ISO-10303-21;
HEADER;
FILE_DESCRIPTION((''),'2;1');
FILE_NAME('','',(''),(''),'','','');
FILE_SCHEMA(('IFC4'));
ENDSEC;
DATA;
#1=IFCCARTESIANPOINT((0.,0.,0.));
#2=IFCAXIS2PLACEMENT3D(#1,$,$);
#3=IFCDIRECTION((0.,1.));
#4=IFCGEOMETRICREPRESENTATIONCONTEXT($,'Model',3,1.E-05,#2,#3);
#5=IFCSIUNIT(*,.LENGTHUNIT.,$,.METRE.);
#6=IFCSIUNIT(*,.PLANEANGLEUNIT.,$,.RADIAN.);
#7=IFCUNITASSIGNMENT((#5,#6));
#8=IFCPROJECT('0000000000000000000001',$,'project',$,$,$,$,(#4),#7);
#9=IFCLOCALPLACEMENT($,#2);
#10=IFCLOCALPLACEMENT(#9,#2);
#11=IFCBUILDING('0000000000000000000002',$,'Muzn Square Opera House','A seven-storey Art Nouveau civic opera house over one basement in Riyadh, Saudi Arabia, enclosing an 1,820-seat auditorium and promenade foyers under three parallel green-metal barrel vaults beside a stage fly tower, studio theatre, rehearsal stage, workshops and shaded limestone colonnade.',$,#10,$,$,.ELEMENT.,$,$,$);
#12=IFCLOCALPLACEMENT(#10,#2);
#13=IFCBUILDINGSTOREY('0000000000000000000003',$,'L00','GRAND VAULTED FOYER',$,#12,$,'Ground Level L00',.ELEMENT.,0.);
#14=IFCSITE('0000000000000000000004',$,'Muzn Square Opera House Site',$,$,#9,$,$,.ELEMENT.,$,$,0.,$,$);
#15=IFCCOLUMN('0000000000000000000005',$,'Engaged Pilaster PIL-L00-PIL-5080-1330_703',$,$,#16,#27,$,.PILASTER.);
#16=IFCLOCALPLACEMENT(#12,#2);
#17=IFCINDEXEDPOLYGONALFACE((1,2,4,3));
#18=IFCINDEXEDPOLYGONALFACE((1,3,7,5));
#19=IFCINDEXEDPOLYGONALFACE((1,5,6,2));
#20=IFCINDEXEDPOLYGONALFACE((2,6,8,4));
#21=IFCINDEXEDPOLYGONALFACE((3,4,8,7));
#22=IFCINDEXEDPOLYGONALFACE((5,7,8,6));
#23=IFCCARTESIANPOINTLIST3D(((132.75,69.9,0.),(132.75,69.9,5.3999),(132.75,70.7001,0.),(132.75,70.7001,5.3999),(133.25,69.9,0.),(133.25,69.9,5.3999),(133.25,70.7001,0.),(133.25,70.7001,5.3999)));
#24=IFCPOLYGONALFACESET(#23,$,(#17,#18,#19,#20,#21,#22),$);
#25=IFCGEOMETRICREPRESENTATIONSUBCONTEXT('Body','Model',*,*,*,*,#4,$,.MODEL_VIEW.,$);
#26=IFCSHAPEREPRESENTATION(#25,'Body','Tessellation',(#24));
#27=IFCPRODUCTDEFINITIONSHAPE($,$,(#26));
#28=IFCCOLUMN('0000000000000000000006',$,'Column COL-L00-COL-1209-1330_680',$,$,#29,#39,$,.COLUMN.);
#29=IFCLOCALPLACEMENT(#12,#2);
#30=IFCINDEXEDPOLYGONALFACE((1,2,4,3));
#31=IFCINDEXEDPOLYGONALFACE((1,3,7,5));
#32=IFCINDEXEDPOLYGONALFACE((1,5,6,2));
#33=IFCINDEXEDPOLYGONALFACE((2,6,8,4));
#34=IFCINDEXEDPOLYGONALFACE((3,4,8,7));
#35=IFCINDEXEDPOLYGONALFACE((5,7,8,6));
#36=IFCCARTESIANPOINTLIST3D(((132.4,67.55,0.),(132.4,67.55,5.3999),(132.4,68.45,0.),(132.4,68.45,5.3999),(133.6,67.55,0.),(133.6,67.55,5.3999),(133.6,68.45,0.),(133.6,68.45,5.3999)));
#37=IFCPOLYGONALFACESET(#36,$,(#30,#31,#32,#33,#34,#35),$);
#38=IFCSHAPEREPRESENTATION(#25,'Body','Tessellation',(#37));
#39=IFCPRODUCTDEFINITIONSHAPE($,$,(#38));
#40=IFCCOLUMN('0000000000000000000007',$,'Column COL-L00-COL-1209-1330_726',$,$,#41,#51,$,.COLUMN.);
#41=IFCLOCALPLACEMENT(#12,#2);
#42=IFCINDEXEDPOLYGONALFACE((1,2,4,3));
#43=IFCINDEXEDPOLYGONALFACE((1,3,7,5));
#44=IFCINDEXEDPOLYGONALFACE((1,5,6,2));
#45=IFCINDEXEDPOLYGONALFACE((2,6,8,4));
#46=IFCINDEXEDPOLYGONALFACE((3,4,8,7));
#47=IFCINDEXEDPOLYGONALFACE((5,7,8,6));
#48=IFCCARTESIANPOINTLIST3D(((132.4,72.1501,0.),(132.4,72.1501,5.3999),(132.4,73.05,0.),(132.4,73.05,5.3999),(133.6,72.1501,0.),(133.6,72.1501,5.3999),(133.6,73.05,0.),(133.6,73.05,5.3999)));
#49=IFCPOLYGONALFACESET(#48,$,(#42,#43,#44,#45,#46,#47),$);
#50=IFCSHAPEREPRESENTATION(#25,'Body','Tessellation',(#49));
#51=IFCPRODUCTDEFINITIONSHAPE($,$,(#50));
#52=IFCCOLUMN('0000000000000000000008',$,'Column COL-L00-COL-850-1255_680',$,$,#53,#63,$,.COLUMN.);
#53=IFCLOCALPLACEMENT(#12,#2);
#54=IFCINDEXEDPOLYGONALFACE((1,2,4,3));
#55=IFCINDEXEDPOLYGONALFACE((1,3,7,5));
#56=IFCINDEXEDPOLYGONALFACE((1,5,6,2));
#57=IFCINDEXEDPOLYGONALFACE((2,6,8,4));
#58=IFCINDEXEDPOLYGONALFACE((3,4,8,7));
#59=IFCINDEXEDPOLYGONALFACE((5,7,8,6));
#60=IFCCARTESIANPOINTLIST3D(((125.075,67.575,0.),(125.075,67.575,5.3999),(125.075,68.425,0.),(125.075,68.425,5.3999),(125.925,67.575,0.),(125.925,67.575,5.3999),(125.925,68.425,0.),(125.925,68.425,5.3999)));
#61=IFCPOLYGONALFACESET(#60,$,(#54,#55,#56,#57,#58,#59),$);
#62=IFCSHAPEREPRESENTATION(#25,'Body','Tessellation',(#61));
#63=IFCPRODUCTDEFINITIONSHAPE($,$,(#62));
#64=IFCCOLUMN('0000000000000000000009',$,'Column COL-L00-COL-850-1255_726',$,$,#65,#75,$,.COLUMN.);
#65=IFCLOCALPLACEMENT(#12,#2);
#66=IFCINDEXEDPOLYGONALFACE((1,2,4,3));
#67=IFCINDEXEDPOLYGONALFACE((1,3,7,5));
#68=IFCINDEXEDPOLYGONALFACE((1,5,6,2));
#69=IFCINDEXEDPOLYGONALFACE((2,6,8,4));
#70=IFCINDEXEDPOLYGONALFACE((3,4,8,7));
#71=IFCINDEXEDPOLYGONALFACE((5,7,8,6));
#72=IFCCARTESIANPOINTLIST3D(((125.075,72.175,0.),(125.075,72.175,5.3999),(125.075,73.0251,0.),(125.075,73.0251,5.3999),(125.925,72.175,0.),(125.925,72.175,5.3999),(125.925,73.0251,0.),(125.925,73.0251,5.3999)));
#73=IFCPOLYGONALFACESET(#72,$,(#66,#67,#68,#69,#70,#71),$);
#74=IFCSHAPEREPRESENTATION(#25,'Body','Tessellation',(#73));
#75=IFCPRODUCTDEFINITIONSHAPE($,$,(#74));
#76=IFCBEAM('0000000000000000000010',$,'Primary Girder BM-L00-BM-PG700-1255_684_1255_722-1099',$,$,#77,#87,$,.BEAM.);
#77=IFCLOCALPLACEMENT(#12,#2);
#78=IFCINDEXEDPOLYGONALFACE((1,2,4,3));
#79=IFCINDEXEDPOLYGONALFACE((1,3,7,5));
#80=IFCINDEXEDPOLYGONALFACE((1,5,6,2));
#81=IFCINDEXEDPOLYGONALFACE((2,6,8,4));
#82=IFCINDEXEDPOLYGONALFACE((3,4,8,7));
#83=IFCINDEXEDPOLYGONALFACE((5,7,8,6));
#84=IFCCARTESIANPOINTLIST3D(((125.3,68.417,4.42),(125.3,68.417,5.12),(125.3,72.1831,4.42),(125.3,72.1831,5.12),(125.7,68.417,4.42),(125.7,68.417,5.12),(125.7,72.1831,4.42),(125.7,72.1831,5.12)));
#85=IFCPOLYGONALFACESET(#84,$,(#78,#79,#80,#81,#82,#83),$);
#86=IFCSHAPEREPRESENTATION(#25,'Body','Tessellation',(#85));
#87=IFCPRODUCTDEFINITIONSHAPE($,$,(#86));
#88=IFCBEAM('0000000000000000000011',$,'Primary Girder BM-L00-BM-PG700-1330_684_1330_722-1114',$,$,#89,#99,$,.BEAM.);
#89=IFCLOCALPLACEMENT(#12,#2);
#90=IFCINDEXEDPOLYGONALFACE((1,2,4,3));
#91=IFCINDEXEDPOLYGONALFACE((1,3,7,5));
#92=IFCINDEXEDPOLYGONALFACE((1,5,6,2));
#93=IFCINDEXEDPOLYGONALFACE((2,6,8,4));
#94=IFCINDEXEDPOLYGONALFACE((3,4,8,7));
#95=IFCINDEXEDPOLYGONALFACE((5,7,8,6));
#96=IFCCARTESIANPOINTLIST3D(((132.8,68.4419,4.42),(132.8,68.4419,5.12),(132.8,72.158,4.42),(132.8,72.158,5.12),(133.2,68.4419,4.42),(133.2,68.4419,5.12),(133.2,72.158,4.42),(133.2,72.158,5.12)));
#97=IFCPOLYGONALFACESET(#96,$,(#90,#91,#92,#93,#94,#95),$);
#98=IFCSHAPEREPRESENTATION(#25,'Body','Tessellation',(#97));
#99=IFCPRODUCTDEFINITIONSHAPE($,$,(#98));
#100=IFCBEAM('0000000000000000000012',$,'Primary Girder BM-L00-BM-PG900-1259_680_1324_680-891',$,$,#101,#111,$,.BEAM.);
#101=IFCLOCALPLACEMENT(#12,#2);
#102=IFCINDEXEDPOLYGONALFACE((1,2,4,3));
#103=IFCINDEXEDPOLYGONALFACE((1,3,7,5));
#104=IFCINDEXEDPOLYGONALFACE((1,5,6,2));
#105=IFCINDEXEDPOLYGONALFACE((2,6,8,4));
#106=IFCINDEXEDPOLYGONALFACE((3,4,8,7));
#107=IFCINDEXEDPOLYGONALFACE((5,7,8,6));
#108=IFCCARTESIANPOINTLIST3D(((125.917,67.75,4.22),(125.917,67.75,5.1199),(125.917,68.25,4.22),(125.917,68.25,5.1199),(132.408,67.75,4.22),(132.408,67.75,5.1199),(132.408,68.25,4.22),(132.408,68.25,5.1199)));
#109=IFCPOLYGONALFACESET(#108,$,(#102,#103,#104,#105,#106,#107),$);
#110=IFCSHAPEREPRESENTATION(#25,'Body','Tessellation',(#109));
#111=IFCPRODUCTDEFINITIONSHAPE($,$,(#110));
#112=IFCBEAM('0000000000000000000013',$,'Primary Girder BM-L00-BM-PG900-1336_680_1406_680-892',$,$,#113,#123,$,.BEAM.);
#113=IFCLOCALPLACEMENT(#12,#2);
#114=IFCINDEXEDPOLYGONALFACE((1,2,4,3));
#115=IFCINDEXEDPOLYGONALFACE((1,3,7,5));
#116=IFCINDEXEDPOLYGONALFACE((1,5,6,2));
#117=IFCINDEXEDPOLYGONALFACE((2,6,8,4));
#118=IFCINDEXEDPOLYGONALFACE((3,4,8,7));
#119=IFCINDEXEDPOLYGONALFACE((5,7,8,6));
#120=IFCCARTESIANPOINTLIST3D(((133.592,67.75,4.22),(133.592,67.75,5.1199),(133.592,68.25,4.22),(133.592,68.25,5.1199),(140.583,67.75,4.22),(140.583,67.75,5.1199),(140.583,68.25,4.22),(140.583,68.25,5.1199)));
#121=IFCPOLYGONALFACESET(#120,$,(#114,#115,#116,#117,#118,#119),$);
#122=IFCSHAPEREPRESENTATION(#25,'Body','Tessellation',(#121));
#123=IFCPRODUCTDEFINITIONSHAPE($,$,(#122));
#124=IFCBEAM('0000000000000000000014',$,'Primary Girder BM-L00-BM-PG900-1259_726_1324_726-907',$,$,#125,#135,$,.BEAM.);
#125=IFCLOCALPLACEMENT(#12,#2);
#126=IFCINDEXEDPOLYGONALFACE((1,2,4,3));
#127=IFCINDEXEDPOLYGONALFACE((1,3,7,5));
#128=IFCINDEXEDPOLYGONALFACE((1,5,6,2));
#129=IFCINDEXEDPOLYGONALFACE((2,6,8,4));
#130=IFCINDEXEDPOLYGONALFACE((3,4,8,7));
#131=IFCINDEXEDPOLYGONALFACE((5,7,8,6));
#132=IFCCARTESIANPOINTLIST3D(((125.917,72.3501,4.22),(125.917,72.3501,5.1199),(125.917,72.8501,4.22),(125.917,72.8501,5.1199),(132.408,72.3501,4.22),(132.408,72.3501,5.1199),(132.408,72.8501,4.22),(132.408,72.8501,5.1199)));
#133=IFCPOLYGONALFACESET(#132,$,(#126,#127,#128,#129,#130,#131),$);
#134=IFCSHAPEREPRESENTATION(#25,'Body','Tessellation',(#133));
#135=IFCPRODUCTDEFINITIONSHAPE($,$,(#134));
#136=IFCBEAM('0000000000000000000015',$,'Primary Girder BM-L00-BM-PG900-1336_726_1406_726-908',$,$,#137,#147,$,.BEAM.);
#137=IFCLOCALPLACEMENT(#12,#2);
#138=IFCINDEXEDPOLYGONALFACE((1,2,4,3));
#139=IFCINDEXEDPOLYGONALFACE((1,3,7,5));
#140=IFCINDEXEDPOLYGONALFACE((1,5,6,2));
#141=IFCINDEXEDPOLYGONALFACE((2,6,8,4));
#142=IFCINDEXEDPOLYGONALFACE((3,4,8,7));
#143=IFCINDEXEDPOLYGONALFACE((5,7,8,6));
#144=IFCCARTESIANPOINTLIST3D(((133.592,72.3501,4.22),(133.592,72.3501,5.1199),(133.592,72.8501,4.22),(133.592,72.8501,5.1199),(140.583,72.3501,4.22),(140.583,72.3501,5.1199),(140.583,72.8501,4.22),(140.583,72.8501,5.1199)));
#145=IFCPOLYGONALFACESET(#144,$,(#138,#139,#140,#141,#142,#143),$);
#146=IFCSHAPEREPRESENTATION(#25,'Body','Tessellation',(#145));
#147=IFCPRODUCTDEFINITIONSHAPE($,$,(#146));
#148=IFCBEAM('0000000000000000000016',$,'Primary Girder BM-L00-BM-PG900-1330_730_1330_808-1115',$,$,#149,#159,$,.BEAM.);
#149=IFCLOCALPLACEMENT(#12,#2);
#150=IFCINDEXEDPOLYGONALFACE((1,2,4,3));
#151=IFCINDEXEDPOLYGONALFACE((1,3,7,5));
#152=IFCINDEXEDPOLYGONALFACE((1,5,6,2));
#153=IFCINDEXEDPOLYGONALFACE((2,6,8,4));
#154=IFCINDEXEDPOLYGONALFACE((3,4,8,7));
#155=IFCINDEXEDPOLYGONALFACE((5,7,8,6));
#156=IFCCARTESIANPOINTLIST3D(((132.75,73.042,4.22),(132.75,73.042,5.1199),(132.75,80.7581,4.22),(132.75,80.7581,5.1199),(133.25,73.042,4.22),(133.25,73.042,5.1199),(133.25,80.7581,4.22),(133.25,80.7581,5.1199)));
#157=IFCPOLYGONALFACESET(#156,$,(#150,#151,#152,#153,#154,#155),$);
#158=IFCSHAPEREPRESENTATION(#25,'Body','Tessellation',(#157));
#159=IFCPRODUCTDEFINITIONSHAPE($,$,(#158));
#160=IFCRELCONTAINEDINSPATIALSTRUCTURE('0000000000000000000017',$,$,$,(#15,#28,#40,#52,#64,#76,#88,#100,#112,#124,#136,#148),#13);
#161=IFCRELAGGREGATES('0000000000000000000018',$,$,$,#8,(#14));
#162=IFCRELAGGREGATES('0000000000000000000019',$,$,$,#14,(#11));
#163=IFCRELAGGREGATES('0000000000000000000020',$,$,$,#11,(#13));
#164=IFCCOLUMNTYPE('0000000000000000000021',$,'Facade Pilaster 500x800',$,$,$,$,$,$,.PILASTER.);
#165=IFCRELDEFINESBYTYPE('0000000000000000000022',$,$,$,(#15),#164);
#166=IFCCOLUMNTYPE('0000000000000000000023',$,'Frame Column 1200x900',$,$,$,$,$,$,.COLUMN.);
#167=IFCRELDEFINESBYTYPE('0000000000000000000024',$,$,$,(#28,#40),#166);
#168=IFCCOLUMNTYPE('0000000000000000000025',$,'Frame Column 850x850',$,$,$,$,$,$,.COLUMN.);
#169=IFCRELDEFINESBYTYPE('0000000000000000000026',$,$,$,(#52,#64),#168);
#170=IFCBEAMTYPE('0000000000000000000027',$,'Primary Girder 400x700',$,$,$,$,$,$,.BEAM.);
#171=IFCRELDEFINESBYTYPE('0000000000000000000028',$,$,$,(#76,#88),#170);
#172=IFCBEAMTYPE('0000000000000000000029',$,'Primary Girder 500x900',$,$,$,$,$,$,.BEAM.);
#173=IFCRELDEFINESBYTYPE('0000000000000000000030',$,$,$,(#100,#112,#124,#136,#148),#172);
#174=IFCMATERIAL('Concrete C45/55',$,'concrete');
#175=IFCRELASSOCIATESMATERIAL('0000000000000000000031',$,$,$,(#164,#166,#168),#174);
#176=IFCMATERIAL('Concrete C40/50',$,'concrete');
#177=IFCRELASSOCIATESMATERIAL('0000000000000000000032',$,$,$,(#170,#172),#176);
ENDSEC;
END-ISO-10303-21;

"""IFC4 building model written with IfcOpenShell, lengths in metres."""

from ifc_helpers import new_model, si_unit, direction, frame, origin, origin_2d, place, context, subcontext, project, spatial, rectangle, extrude, material, material_profile, profile_set, type_object, element, save


model = new_model("IFC4")

# Units and contexts
model_context = context("Model", 3, precision=1e-05, world=origin(), true_north=direction((0.0, 1.0)))
body_context = subcontext(model_context, "Body", "Model", "MODEL_VIEW")
ifc_project = project(units=[si_unit("LENGTHUNIT", "METRE"), si_unit("PLANEANGLEUNIT", "RADIAN")], contexts=[model_context])

# Site, building, storey
site_placement = place(None, origin())
site = spatial("IfcSite", under=ifc_project, at=site_placement, Name="Muzn Square Opera House Site", CompositionType="ELEMENT", RefElevation=0.0)
building_placement = place(site_placement, origin())
building = spatial("IfcBuilding", under=site, at=building_placement, Name="Muzn Square Opera House", Description="A seven-storey Art Nouveau civic opera house over one basement in Riyadh, Saudi Arabia, enclosing an 1,820-seat auditorium and promenade foyers under three parallel green-metal barrel vaults beside a stage fly tower, studio theatre, rehearsal stage, workshops and shaded limestone colonnade.", CompositionType="ELEMENT")
storey_placement = place(building_placement, origin())
storey = spatial("IfcBuildingStorey", under=building, at=storey_placement, Name="L00", Description="GRAND VAULTED FOYER", LongName="Ground Level L00", CompositionType="ELEMENT", Elevation=0.0)

# Columns
ifc_material_1 = material(Name="Concrete C45/55", Category="concrete")
ifc_material_profile_1 = material_profile(ifc_material_1, rectangle(XDim=0.5, YDim=0.8, at=origin_2d()), Name="RC 500x800", Category="concrete")
ifc_profile_set_1 = profile_set([ifc_material_profile_1], Name="Concrete C45/55")
column_type_1 = type_object("IfcColumnType", Name="Facade Pilaster 500x800", PredefinedType="PILASTER", material=ifc_profile_set_1)
column_placement = place(storey_placement, frame((133.0, 70.3, 0.0), z_axis=(0.0, 0.0, 1.0), x_axis=(1.0, 0.0, 0.0)))
element("IfcColumn", 1, at=column_placement, inside=storey, type_object=column_type_1, Name="Engaged Pilaster PIL-L00-PIL-5080-1330_703", PredefinedType="PILASTER", context=body_context, shape_type="SweptSolid", body=[
    extrude(rectangle(XDim=0.5, YDim=0.8, at=origin_2d()), origin(), (0.0, 0.0, 1.0), 5.3999),
])
ifc_material_profile_2 = material_profile(ifc_material_1, rectangle(XDim=1.2, YDim=0.8999, at=origin_2d()), Name="RC 1200x900", Category="concrete")
ifc_profile_set_2 = profile_set([ifc_material_profile_2], Name="Concrete C45/55")
column_type_2 = type_object("IfcColumnType", Name="Frame Column 1200x900", PredefinedType="COLUMN", material=ifc_profile_set_2)
for number, where, z_axis, x_axis, name in (
    (2, (133.0, 68.0, 0.0), (0.0, 0.0, 1.0), (1.0, 0.0, 0.0), "Column COL-L00-COL-1209-1330_680"),
    (3, (133.0, 72.6001, 0.0), (0.0, 0.0, 1.0), (1.0, 0.0, 0.0), "Column COL-L00-COL-1209-1330_726"),
):
    element("IfcColumn", number, at=place(storey_placement, frame(where, z_axis=z_axis, x_axis=x_axis)), inside=storey, type_object=column_type_2, Name=name, PredefinedType="COLUMN", context=body_context, shape_type="SweptSolid", body=[
        extrude(rectangle(XDim=1.2, YDim=0.8999, at=origin_2d()), origin(), (0.0, 0.0, 1.0), 5.3999),
    ])
ifc_material_profile_3 = material_profile(ifc_material_1, rectangle(XDim=0.8501, YDim=0.8501, at=origin_2d()), Name="RC 850x850", Category="concrete")
ifc_profile_set_3 = profile_set([ifc_material_profile_3], Name="Concrete C45/55")
column_type_3 = type_object("IfcColumnType", Name="Frame Column 850x850", PredefinedType="COLUMN", material=ifc_profile_set_3)
for number, where, z_axis, x_axis, name in (
    (4, (125.5, 68.0, 0.0), (0.0, 0.0, 1.0), (1.0, 0.0, 0.0), "Column COL-L00-COL-850-1255_680"),
    (5, (125.5, 72.6001, 0.0), (0.0, 0.0, 1.0), (1.0, 0.0, 0.0), "Column COL-L00-COL-850-1255_726"),
):
    element("IfcColumn", number, at=place(storey_placement, frame(where, z_axis=z_axis, x_axis=x_axis)), inside=storey, type_object=column_type_3, Name=name, PredefinedType="COLUMN", context=body_context, shape_type="SweptSolid", body=[
        extrude(rectangle(XDim=0.8501, YDim=0.8501, at=origin_2d()), origin(), (0.0, 0.0, 1.0), 5.3999),
    ])

# Beams
ifc_material_2 = material(Name="Concrete C40/50", Category="concrete")
ifc_material_profile_4 = material_profile(ifc_material_2, rectangle(XDim=0.3999, YDim=0.7, at=origin_2d()), Name="RCB 400x700", Category="concrete")
ifc_profile_set_4 = profile_set([ifc_material_profile_4], Name="Concrete C40/50")
beam_type_1 = type_object("IfcBeamType", Name="Primary Girder 400x700", PredefinedType="BEAM", material=ifc_profile_set_4)
beam_1_placement = place(storey_placement, frame((125.5, 68.417, 4.77), z_axis=(0.0, 1.0, 0.0), x_axis=(-1.0, 0.0, 0.0)))
element("IfcBeam", 6, at=beam_1_placement, inside=storey, type_object=beam_type_1, Name="Primary Girder BM-L00-BM-PG700-1255_684_1255_722-1099", PredefinedType="BEAM", context=body_context, shape_type="SweptSolid", body=[
    extrude(rectangle(XDim=0.3999, YDim=0.7, at=origin_2d()), origin(), (0.0, 0.0, 1.0), 3.7661),
])
beam_2_placement = place(storey_placement, frame((133.0, 68.4419, 4.77), z_axis=(0.0, 1.0, 0.0), x_axis=(-1.0, 0.0, 0.0)))
element("IfcBeam", 7, at=beam_2_placement, inside=storey, type_object=beam_type_1, Name="Primary Girder BM-L00-BM-PG700-1330_684_1330_722-1114", PredefinedType="BEAM", context=body_context, shape_type="SweptSolid", body=[
    extrude(rectangle(XDim=0.3999, YDim=0.7, at=origin_2d()), origin(), (0.0, 0.0, 1.0), 3.7161),
])
ifc_material_profile_5 = material_profile(ifc_material_2, rectangle(XDim=0.5, YDim=0.8999, at=origin_2d()), Name="RCB 500x900", Category="concrete")
ifc_profile_set_5 = profile_set([ifc_material_profile_5], Name="Concrete C40/50")
beam_type_2 = type_object("IfcBeamType", Name="Primary Girder 500x900", PredefinedType="BEAM", material=ifc_profile_set_5)
beam_3_placement = place(storey_placement, frame((125.917, 68.0, 4.6699), z_axis=(1.0, 0.0, 0.0), x_axis=(0.0, 1.0, 0.0)))
element("IfcBeam", 8, at=beam_3_placement, inside=storey, type_object=beam_type_2, Name="Primary Girder BM-L00-BM-PG900-1259_680_1324_680-891", PredefinedType="BEAM", context=body_context, shape_type="SweptSolid", body=[
    extrude(rectangle(XDim=0.5, YDim=0.8999, at=origin_2d()), origin(), (0.0, 0.0, 1.0), 6.491),
])
beam_4_placement = place(storey_placement, frame((133.592, 68.0, 4.6699), z_axis=(1.0, 0.0, 0.0), x_axis=(0.0, 1.0, 0.0)))
element("IfcBeam", 9, at=beam_4_placement, inside=storey, type_object=beam_type_2, Name="Primary Girder BM-L00-BM-PG900-1336_680_1406_680-892", PredefinedType="BEAM", context=body_context, shape_type="SweptSolid", body=[
    extrude(rectangle(XDim=0.5, YDim=0.8999, at=origin_2d()), origin(), (0.0, 0.0, 1.0), 6.991),
])
beam_5_placement = place(storey_placement, frame((125.917, 72.6001, 4.6699), z_axis=(1.0, 0.0, 0.0), x_axis=(0.0, 1.0, 0.0)))
element("IfcBeam", 10, at=beam_5_placement, inside=storey, type_object=beam_type_2, Name="Primary Girder BM-L00-BM-PG900-1259_726_1324_726-907", PredefinedType="BEAM", context=body_context, shape_type="SweptSolid", body=[
    extrude(rectangle(XDim=0.5, YDim=0.8999, at=origin_2d()), origin(), (0.0, 0.0, 1.0), 6.491),
])
beam_6_placement = place(storey_placement, frame((133.592, 72.6001, 4.6699), z_axis=(1.0, 0.0, 0.0), x_axis=(0.0, 1.0, 0.0)))
element("IfcBeam", 11, at=beam_6_placement, inside=storey, type_object=beam_type_2, Name="Primary Girder BM-L00-BM-PG900-1336_726_1406_726-908", PredefinedType="BEAM", context=body_context, shape_type="SweptSolid", body=[
    extrude(rectangle(XDim=0.5, YDim=0.8999, at=origin_2d()), origin(), (0.0, 0.0, 1.0), 6.991),
])
beam_7_placement = place(storey_placement, frame((133.0, 73.042, 4.6699), z_axis=(0.0, 1.0, 0.0), x_axis=(-1.0, 0.0, 0.0)))
element("IfcBeam", 12, at=beam_7_placement, inside=storey, type_object=beam_type_2, Name="Primary Girder BM-L00-BM-PG900-1330_730_1330_808-1115", PredefinedType="BEAM", context=body_context, shape_type="SweptSolid", body=[
    extrude(rectangle(XDim=0.5, YDim=0.8999, at=origin_2d()), origin(), (0.0, 0.0, 1.0), 7.7161),
])

save(model, "model.ifc")
